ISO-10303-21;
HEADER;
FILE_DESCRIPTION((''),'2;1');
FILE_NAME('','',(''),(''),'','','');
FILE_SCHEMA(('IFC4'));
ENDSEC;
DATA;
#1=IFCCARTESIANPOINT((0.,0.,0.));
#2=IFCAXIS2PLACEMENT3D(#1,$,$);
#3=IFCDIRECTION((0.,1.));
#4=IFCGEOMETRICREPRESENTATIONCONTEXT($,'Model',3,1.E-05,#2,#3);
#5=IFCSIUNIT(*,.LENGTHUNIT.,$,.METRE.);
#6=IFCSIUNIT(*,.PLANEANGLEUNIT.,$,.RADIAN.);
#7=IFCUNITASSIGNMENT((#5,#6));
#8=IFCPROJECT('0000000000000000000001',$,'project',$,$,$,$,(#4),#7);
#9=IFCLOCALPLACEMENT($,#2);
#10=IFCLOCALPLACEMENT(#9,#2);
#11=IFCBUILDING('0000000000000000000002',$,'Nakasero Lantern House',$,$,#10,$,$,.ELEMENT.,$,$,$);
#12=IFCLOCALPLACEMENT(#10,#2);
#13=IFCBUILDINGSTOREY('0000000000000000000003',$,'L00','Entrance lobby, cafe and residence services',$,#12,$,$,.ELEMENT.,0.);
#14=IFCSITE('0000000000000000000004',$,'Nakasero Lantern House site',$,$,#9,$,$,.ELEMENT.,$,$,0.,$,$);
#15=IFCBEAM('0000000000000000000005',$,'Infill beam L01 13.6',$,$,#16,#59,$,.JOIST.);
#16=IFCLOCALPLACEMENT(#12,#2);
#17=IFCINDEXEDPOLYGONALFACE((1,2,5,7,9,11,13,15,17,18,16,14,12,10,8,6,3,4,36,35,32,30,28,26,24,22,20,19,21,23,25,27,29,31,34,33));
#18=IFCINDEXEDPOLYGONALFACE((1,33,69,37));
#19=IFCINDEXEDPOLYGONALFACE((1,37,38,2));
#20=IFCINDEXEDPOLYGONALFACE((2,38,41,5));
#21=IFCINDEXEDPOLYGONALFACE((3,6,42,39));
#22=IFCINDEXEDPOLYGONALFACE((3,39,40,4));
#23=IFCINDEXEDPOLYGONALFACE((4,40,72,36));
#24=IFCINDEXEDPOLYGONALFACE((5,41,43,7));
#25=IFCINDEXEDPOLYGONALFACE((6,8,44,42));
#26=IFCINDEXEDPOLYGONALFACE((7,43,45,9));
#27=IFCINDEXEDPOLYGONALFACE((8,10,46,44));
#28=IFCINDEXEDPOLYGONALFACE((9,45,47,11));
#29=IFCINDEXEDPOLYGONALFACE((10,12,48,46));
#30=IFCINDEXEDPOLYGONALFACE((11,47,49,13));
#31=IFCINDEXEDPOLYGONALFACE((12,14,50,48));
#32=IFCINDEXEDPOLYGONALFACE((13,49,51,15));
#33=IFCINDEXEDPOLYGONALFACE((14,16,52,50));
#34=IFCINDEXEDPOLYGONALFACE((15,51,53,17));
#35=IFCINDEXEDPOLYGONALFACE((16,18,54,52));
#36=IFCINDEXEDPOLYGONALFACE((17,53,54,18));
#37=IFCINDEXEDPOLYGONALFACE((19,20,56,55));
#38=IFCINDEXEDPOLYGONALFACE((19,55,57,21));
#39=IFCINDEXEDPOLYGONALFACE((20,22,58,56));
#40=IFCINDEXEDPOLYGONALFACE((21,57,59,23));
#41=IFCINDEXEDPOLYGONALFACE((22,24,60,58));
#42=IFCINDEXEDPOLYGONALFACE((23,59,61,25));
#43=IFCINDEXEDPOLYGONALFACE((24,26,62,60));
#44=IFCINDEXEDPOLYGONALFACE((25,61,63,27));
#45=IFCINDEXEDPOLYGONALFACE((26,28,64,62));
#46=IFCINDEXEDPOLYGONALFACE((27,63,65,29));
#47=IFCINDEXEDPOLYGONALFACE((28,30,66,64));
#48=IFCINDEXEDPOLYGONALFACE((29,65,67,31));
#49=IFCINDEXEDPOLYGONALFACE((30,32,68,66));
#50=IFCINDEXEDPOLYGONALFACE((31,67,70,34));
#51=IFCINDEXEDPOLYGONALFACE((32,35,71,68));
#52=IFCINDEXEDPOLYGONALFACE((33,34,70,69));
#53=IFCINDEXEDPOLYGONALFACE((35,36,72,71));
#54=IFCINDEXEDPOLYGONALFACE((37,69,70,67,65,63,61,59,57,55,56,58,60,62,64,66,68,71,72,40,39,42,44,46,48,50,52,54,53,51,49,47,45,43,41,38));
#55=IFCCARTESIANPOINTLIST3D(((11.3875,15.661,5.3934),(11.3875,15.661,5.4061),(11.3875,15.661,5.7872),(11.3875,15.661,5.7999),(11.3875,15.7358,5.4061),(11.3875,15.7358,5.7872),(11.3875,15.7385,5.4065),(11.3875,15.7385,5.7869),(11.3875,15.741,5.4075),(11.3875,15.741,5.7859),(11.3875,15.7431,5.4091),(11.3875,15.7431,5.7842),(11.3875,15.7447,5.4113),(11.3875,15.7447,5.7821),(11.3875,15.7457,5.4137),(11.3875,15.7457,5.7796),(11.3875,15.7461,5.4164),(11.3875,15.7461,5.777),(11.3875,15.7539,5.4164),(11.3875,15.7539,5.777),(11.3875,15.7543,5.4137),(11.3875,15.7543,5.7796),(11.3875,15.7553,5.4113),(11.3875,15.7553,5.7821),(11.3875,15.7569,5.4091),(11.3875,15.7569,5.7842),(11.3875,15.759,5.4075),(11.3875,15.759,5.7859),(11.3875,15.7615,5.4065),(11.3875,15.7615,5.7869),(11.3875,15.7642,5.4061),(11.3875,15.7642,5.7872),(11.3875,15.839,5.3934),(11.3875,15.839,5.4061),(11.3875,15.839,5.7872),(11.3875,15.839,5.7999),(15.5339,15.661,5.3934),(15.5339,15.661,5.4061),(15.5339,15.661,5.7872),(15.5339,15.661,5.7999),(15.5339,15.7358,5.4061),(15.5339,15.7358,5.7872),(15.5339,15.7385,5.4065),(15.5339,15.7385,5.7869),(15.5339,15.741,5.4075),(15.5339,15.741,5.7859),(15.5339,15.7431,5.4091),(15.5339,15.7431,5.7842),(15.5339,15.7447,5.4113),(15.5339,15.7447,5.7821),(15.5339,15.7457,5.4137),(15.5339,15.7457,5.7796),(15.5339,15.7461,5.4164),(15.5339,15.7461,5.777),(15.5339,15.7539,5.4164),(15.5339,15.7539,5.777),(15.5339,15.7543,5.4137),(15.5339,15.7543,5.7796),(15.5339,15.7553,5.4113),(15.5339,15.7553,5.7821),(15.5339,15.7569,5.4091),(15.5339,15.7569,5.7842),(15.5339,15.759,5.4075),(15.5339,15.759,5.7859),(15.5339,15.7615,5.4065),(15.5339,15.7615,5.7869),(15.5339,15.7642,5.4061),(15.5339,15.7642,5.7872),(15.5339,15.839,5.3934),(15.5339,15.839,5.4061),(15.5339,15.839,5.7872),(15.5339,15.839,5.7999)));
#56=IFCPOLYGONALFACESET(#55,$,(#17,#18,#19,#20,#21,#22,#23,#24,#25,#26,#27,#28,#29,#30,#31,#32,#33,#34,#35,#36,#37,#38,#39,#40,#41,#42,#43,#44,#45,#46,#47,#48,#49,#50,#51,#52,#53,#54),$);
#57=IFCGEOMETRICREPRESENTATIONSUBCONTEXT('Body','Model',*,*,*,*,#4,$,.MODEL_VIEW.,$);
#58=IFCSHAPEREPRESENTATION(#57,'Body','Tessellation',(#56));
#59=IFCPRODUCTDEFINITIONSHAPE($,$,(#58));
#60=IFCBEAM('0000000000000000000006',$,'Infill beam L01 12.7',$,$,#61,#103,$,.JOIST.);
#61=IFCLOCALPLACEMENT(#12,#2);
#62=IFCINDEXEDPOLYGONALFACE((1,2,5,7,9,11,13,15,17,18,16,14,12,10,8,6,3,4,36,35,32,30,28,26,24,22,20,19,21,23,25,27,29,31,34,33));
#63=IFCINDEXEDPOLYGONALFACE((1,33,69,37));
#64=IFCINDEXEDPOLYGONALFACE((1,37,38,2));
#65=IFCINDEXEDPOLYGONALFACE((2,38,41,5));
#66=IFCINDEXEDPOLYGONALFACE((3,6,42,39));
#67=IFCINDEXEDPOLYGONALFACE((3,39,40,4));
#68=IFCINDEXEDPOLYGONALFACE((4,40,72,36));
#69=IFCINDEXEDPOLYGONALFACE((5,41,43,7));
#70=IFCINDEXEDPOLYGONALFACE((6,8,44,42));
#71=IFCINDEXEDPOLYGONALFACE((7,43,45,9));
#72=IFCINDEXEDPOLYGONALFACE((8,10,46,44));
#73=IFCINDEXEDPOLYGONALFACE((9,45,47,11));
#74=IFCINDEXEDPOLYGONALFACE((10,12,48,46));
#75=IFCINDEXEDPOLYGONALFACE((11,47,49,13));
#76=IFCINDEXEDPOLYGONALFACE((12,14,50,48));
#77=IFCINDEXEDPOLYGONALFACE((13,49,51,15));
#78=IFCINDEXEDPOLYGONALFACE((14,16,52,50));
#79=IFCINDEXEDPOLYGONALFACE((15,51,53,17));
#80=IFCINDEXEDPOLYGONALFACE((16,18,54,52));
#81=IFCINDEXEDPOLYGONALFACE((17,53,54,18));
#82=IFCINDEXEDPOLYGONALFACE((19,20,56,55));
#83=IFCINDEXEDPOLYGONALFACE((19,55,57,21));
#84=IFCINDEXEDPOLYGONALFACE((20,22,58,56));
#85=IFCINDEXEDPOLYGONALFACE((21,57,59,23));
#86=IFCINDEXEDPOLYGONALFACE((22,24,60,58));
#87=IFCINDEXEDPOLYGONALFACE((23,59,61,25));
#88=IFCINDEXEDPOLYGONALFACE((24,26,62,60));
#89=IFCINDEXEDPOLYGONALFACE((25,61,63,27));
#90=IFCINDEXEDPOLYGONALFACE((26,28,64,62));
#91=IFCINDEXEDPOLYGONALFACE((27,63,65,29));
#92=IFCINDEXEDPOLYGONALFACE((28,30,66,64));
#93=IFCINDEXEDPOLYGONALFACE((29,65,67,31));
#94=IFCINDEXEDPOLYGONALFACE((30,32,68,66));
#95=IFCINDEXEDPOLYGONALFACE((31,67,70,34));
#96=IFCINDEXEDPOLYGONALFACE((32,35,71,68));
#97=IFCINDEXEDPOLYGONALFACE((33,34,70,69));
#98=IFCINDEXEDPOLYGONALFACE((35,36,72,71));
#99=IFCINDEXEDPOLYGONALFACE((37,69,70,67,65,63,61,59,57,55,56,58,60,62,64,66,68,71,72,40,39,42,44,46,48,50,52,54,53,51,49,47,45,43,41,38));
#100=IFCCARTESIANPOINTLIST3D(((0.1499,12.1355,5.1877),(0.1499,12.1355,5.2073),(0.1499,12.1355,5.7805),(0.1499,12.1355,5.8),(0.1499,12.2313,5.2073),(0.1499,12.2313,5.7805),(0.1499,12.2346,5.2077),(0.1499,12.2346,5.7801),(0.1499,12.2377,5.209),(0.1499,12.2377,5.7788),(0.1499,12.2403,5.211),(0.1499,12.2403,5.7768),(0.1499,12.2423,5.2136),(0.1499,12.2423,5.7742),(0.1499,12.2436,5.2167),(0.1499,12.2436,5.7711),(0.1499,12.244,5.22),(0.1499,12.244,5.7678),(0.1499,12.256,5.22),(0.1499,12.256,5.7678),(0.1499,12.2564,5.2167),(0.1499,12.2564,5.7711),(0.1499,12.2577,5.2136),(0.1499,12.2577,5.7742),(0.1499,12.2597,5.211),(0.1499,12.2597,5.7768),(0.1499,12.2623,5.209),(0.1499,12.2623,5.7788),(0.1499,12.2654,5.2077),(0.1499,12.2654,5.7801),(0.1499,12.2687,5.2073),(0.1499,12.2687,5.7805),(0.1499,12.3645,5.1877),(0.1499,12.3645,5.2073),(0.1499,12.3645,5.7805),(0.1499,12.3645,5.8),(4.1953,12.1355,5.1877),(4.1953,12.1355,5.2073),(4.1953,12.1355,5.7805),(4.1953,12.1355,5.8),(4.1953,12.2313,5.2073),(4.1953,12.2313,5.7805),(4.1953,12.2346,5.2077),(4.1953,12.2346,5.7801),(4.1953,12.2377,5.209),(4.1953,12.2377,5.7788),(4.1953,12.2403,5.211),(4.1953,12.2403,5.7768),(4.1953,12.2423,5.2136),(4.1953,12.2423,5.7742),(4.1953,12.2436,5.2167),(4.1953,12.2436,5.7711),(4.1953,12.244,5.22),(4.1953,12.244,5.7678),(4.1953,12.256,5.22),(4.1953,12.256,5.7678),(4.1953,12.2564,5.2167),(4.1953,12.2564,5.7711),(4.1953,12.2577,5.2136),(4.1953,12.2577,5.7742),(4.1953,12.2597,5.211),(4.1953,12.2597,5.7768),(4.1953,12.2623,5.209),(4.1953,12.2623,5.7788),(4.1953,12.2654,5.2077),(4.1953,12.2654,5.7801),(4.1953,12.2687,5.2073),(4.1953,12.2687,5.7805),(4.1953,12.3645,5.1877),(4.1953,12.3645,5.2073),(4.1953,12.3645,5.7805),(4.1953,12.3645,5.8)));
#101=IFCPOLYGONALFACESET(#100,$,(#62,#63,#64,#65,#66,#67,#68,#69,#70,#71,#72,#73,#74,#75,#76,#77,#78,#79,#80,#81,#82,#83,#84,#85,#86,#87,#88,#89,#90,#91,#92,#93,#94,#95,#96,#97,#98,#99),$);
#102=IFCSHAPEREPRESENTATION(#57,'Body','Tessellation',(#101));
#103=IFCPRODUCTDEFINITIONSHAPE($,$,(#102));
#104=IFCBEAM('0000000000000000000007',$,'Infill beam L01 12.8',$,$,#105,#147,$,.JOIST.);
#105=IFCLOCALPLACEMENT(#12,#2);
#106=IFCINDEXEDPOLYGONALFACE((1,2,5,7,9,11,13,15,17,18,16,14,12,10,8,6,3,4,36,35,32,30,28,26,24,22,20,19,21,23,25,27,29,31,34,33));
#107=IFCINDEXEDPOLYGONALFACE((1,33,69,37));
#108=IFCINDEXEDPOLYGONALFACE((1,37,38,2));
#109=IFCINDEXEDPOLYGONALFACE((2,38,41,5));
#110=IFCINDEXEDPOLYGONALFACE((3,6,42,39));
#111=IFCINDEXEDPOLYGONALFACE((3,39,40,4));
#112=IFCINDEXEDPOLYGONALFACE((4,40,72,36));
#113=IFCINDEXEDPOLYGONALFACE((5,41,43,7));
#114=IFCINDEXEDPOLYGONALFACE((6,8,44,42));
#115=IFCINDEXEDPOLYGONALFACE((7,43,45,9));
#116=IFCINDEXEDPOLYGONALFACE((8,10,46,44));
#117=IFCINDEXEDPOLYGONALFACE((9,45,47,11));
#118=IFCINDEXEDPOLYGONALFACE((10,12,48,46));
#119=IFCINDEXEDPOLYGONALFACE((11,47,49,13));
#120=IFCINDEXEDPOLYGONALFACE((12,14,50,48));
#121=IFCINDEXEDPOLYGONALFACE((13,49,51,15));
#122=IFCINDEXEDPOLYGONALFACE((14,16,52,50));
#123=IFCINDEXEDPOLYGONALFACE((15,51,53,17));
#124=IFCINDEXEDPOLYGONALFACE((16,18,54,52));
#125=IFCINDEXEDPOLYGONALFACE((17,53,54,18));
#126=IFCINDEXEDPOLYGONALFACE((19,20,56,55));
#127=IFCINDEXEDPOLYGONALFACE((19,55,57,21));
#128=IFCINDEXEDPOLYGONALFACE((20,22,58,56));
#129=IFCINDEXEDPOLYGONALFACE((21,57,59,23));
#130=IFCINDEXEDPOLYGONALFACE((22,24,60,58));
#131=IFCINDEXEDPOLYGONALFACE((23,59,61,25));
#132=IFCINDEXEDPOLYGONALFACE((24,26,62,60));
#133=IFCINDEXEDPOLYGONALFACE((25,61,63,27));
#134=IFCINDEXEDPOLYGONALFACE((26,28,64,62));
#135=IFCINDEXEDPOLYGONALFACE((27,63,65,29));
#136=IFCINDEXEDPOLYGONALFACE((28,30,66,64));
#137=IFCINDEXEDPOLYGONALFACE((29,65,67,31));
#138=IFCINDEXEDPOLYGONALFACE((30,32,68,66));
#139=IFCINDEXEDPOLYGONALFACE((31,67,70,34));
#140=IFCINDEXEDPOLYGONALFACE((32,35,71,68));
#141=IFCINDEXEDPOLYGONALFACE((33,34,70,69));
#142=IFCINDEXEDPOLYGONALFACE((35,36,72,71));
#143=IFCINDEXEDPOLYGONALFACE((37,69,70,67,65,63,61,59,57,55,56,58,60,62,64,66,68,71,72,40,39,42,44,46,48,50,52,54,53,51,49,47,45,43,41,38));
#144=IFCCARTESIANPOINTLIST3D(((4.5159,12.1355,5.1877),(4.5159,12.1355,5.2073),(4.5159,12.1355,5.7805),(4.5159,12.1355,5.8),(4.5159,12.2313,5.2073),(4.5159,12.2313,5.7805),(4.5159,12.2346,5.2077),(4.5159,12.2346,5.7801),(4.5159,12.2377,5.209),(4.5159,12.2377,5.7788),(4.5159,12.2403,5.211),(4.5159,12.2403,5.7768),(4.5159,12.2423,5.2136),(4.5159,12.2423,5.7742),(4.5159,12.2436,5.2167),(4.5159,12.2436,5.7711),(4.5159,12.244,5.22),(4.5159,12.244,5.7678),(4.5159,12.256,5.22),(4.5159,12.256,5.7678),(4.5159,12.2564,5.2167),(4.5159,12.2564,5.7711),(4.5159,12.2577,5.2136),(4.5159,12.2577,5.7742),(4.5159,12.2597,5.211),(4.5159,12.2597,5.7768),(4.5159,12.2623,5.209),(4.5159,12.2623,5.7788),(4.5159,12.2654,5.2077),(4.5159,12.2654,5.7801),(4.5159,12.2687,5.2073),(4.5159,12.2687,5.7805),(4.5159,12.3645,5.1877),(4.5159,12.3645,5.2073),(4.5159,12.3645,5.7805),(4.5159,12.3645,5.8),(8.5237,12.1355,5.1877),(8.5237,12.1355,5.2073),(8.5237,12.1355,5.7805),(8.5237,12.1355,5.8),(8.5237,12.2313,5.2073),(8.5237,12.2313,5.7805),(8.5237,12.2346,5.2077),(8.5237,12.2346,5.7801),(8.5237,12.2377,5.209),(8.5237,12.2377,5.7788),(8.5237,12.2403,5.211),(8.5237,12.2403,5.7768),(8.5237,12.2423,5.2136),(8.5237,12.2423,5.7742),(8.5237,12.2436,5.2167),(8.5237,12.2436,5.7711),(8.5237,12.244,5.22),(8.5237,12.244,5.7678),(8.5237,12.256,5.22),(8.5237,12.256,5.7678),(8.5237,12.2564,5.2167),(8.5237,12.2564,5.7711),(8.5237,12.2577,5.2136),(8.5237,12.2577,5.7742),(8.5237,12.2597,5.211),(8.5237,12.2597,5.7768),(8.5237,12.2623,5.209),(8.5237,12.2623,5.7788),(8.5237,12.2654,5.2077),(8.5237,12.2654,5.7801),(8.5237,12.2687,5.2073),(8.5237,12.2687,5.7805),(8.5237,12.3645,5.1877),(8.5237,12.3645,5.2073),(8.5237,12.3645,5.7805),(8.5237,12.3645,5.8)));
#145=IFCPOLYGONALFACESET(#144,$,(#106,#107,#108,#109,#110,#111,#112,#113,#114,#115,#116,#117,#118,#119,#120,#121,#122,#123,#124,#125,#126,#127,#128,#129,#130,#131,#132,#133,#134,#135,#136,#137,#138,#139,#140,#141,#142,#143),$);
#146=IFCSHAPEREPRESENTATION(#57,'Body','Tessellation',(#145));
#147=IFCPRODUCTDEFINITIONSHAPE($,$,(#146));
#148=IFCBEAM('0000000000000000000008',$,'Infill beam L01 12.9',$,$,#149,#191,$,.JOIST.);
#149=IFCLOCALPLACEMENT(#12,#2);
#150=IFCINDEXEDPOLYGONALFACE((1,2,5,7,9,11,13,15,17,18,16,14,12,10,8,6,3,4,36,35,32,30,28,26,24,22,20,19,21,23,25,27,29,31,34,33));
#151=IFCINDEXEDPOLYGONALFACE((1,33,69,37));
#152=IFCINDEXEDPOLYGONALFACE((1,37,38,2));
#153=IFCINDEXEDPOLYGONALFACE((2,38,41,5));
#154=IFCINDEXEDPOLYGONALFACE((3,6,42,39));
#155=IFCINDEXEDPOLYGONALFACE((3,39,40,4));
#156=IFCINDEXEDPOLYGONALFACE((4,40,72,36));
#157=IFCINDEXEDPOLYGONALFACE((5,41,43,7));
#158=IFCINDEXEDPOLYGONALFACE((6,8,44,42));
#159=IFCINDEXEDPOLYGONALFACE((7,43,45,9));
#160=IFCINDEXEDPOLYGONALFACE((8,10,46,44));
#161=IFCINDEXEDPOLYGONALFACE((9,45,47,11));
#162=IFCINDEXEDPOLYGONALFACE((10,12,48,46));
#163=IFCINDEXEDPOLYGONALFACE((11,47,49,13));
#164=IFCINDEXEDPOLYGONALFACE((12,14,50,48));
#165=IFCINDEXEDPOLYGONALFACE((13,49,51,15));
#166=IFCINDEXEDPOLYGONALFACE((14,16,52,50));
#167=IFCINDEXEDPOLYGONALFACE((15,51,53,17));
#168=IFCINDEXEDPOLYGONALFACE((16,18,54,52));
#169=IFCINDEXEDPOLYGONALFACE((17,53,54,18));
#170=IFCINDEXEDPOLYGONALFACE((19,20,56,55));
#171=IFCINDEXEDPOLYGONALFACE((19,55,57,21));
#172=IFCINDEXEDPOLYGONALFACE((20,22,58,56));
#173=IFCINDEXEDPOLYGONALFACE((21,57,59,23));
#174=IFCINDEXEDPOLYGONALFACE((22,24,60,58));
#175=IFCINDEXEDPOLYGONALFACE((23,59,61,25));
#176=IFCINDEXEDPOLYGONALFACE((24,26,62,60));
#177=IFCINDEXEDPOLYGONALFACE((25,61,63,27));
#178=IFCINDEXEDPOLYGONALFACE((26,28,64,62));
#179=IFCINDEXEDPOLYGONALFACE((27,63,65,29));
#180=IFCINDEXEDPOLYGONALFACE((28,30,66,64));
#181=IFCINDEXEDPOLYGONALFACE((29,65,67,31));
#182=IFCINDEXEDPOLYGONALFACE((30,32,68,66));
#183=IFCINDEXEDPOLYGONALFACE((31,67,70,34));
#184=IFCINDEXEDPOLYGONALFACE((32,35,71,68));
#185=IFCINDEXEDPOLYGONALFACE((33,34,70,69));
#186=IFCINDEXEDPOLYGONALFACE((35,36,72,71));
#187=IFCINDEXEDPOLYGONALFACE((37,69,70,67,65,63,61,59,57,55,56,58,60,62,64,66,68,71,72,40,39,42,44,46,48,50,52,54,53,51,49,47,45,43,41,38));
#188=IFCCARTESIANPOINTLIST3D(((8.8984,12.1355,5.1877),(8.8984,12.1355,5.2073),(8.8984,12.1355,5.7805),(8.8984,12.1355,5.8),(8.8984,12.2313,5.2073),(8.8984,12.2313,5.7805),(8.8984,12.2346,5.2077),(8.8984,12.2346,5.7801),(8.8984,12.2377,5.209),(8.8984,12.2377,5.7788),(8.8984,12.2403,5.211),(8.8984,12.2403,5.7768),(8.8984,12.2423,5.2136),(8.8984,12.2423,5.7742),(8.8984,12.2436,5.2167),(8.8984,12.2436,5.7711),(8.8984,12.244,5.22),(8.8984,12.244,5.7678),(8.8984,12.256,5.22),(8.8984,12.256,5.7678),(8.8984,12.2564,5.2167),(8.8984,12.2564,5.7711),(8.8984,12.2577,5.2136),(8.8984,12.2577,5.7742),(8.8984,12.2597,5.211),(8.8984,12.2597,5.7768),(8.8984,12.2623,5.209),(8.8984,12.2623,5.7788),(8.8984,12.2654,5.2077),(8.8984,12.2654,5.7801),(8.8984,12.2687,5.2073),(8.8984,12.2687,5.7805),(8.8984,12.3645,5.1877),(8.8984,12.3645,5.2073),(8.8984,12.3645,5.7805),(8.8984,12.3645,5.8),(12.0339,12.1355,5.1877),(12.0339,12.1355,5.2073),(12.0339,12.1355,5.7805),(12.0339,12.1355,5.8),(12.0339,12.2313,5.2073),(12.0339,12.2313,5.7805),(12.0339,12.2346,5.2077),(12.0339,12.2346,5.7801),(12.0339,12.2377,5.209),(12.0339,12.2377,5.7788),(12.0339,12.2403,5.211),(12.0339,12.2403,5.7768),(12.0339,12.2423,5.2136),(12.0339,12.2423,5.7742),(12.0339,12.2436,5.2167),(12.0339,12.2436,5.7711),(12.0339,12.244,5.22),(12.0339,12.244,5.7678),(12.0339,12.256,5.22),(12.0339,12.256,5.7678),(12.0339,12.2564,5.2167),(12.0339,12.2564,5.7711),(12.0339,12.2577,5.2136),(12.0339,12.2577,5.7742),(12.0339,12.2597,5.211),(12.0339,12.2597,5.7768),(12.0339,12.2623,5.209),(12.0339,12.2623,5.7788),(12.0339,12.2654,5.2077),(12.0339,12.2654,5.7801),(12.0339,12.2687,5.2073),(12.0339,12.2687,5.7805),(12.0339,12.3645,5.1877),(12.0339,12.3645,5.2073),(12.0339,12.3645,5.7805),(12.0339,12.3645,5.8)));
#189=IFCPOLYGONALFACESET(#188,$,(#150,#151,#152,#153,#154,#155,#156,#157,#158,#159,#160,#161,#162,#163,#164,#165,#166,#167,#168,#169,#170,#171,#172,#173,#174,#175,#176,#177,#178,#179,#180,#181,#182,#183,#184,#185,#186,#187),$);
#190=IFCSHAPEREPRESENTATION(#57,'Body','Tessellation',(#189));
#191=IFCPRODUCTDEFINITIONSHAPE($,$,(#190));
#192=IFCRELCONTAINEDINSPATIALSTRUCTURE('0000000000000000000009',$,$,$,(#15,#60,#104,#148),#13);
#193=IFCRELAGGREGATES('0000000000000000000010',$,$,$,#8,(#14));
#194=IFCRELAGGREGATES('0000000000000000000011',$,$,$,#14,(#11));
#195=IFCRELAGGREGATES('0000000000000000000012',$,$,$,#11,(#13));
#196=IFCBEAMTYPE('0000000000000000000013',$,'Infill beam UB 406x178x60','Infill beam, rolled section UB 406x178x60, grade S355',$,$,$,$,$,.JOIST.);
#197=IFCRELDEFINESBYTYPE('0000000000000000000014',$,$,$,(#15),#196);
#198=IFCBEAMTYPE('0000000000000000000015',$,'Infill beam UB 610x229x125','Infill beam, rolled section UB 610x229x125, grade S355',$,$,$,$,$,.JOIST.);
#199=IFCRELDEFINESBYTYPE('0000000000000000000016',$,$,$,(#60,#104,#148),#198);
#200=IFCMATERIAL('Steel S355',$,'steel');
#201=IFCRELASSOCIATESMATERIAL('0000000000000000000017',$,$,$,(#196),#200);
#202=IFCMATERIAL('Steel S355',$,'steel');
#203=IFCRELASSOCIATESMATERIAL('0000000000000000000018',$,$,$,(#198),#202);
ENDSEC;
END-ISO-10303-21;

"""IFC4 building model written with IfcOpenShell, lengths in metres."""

from ifc_helpers import new_model, si_unit, direction, frame, origin, origin_2d, place, context, subcontext, project, spatial, i_section, extrude, material, material_profile, profile_set, type_object, element, save


model = new_model("IFC4")

# Units and contexts
model_context = context("Model", 3, precision=1e-05, world=origin(), true_north=direction((0.0, 1.0)))
body_context = subcontext(model_context, "Body", "Model", "MODEL_VIEW")
ifc_project = project(units=[si_unit("LENGTHUNIT", "METRE"), si_unit("PLANEANGLEUNIT", "RADIAN")], contexts=[model_context])

# Site, building, storey
site_placement = place(None, origin())
site = spatial("IfcSite", under=ifc_project, at=site_placement, Name="Nakasero Lantern House site", CompositionType="ELEMENT", RefElevation=0.0)
building_placement = place(site_placement, origin())
building = spatial("IfcBuilding", under=site, at=building_placement, Name="Nakasero Lantern House", CompositionType="ELEMENT")
storey_placement = place(building_placement, origin())
storey = spatial("IfcBuildingStorey", under=building, at=storey_placement, Name="L00", Description="Entrance lobby, cafe and residence services", CompositionType="ELEMENT", Elevation=0.0)

# Beams
ifc_material_1 = material(Name="Steel S355", Category="steel")
ifc_material_profile_1 = material_profile(ifc_material_1, i_section(OverallWidth=0.178, OverallDepth=0.4065, WebThickness=0.0078, FlangeThickness=0.0127, FilletRadius=0.0103, at=origin_2d()), Name="UB 406x178x60")
ifc_profile_set_1 = profile_set([ifc_material_profile_1], Name="Steel S355")
beam_type_1 = type_object("IfcBeamType", Name="Infill beam UB 406x178x60", Description="Infill beam, rolled section UB 406x178x60, grade S355", PredefinedType="JOIST", material=ifc_profile_set_1)
beam_1_placement = place(storey_placement, frame((11.3875, 15.75, 5.5967), z_axis=(1.0, 0.0, 0.0), x_axis=(0.0, 1.0, 0.0)))
element("IfcBeam", 1, at=beam_1_placement, inside=storey, type_object=beam_type_1, Name="Infill beam L01 13.6", PredefinedType="JOIST", context=body_context, shape_type="SweptSolid", body=[
    extrude(i_section(OverallWidth=0.178, OverallDepth=0.4065, WebThickness=0.0078, FlangeThickness=0.0127, FilletRadius=0.0103, at=origin_2d()), origin(), (0.0, 0.0, 1.0), 4.1465),
])
ifc_material_2 = material(Name="Steel S355", Category="steel")
ifc_material_profile_2 = material_profile(ifc_material_2, i_section(OverallWidth=0.229, OverallDepth=0.6123, WebThickness=0.012, FlangeThickness=0.0195, FilletRadius=0.0127, at=origin_2d()), Name="UB 610x229x125")
ifc_profile_set_2 = profile_set([ifc_material_profile_2], Name="Steel S355")
beam_type_2 = type_object("IfcBeamType", Name="Infill beam UB 610x229x125", Description="Infill beam, rolled section UB 610x229x125, grade S355", PredefinedType="JOIST", material=ifc_profile_set_2)
beam_2_placement = place(storey_placement, frame((0.1499, 12.25, 5.4939), z_axis=(1.0, 0.0, 0.0), x_axis=(0.0, 1.0, 0.0)))
element("IfcBeam", 2, at=beam_2_placement, inside=storey, type_object=beam_type_2, Name="Infill beam L01 12.7", PredefinedType="JOIST", context=body_context, shape_type="SweptSolid", body=[
    extrude(i_section(OverallWidth=0.229, OverallDepth=0.6123, WebThickness=0.012, FlangeThickness=0.0195, FilletRadius=0.0127, at=origin_2d()), origin(), (0.0, 0.0, 1.0), 4.0454),
])
beam_3_placement = place(storey_placement, frame((4.5159, 12.25, 5.4939), z_axis=(1.0, 0.0, 0.0), x_axis=(0.0, 1.0, 0.0)))
element("IfcBeam", 3, at=beam_3_placement, inside=storey, type_object=beam_type_2, Name="Infill beam L01 12.8", PredefinedType="JOIST", context=body_context, shape_type="SweptSolid", body=[
    extrude(i_section(OverallWidth=0.229, OverallDepth=0.6123, WebThickness=0.012, FlangeThickness=0.0195, FilletRadius=0.0127, at=origin_2d()), origin(), (0.0, 0.0, 1.0), 4.0078),
])
beam_4_placement = place(storey_placement, frame((8.8984, 12.25, 5.4939), z_axis=(1.0, 0.0, 0.0), x_axis=(0.0, 1.0, 0.0)))
element("IfcBeam", 4, at=beam_4_placement, inside=storey, type_object=beam_type_2, Name="Infill beam L01 12.9", PredefinedType="JOIST", context=body_context, shape_type="SweptSolid", body=[
    extrude(i_section(OverallWidth=0.229, OverallDepth=0.6123, WebThickness=0.012, FlangeThickness=0.0195, FilletRadius=0.0127, at=origin_2d()), origin(), (0.0, 0.0, 1.0), 3.1355),
])

save(model, "model.ifc")
